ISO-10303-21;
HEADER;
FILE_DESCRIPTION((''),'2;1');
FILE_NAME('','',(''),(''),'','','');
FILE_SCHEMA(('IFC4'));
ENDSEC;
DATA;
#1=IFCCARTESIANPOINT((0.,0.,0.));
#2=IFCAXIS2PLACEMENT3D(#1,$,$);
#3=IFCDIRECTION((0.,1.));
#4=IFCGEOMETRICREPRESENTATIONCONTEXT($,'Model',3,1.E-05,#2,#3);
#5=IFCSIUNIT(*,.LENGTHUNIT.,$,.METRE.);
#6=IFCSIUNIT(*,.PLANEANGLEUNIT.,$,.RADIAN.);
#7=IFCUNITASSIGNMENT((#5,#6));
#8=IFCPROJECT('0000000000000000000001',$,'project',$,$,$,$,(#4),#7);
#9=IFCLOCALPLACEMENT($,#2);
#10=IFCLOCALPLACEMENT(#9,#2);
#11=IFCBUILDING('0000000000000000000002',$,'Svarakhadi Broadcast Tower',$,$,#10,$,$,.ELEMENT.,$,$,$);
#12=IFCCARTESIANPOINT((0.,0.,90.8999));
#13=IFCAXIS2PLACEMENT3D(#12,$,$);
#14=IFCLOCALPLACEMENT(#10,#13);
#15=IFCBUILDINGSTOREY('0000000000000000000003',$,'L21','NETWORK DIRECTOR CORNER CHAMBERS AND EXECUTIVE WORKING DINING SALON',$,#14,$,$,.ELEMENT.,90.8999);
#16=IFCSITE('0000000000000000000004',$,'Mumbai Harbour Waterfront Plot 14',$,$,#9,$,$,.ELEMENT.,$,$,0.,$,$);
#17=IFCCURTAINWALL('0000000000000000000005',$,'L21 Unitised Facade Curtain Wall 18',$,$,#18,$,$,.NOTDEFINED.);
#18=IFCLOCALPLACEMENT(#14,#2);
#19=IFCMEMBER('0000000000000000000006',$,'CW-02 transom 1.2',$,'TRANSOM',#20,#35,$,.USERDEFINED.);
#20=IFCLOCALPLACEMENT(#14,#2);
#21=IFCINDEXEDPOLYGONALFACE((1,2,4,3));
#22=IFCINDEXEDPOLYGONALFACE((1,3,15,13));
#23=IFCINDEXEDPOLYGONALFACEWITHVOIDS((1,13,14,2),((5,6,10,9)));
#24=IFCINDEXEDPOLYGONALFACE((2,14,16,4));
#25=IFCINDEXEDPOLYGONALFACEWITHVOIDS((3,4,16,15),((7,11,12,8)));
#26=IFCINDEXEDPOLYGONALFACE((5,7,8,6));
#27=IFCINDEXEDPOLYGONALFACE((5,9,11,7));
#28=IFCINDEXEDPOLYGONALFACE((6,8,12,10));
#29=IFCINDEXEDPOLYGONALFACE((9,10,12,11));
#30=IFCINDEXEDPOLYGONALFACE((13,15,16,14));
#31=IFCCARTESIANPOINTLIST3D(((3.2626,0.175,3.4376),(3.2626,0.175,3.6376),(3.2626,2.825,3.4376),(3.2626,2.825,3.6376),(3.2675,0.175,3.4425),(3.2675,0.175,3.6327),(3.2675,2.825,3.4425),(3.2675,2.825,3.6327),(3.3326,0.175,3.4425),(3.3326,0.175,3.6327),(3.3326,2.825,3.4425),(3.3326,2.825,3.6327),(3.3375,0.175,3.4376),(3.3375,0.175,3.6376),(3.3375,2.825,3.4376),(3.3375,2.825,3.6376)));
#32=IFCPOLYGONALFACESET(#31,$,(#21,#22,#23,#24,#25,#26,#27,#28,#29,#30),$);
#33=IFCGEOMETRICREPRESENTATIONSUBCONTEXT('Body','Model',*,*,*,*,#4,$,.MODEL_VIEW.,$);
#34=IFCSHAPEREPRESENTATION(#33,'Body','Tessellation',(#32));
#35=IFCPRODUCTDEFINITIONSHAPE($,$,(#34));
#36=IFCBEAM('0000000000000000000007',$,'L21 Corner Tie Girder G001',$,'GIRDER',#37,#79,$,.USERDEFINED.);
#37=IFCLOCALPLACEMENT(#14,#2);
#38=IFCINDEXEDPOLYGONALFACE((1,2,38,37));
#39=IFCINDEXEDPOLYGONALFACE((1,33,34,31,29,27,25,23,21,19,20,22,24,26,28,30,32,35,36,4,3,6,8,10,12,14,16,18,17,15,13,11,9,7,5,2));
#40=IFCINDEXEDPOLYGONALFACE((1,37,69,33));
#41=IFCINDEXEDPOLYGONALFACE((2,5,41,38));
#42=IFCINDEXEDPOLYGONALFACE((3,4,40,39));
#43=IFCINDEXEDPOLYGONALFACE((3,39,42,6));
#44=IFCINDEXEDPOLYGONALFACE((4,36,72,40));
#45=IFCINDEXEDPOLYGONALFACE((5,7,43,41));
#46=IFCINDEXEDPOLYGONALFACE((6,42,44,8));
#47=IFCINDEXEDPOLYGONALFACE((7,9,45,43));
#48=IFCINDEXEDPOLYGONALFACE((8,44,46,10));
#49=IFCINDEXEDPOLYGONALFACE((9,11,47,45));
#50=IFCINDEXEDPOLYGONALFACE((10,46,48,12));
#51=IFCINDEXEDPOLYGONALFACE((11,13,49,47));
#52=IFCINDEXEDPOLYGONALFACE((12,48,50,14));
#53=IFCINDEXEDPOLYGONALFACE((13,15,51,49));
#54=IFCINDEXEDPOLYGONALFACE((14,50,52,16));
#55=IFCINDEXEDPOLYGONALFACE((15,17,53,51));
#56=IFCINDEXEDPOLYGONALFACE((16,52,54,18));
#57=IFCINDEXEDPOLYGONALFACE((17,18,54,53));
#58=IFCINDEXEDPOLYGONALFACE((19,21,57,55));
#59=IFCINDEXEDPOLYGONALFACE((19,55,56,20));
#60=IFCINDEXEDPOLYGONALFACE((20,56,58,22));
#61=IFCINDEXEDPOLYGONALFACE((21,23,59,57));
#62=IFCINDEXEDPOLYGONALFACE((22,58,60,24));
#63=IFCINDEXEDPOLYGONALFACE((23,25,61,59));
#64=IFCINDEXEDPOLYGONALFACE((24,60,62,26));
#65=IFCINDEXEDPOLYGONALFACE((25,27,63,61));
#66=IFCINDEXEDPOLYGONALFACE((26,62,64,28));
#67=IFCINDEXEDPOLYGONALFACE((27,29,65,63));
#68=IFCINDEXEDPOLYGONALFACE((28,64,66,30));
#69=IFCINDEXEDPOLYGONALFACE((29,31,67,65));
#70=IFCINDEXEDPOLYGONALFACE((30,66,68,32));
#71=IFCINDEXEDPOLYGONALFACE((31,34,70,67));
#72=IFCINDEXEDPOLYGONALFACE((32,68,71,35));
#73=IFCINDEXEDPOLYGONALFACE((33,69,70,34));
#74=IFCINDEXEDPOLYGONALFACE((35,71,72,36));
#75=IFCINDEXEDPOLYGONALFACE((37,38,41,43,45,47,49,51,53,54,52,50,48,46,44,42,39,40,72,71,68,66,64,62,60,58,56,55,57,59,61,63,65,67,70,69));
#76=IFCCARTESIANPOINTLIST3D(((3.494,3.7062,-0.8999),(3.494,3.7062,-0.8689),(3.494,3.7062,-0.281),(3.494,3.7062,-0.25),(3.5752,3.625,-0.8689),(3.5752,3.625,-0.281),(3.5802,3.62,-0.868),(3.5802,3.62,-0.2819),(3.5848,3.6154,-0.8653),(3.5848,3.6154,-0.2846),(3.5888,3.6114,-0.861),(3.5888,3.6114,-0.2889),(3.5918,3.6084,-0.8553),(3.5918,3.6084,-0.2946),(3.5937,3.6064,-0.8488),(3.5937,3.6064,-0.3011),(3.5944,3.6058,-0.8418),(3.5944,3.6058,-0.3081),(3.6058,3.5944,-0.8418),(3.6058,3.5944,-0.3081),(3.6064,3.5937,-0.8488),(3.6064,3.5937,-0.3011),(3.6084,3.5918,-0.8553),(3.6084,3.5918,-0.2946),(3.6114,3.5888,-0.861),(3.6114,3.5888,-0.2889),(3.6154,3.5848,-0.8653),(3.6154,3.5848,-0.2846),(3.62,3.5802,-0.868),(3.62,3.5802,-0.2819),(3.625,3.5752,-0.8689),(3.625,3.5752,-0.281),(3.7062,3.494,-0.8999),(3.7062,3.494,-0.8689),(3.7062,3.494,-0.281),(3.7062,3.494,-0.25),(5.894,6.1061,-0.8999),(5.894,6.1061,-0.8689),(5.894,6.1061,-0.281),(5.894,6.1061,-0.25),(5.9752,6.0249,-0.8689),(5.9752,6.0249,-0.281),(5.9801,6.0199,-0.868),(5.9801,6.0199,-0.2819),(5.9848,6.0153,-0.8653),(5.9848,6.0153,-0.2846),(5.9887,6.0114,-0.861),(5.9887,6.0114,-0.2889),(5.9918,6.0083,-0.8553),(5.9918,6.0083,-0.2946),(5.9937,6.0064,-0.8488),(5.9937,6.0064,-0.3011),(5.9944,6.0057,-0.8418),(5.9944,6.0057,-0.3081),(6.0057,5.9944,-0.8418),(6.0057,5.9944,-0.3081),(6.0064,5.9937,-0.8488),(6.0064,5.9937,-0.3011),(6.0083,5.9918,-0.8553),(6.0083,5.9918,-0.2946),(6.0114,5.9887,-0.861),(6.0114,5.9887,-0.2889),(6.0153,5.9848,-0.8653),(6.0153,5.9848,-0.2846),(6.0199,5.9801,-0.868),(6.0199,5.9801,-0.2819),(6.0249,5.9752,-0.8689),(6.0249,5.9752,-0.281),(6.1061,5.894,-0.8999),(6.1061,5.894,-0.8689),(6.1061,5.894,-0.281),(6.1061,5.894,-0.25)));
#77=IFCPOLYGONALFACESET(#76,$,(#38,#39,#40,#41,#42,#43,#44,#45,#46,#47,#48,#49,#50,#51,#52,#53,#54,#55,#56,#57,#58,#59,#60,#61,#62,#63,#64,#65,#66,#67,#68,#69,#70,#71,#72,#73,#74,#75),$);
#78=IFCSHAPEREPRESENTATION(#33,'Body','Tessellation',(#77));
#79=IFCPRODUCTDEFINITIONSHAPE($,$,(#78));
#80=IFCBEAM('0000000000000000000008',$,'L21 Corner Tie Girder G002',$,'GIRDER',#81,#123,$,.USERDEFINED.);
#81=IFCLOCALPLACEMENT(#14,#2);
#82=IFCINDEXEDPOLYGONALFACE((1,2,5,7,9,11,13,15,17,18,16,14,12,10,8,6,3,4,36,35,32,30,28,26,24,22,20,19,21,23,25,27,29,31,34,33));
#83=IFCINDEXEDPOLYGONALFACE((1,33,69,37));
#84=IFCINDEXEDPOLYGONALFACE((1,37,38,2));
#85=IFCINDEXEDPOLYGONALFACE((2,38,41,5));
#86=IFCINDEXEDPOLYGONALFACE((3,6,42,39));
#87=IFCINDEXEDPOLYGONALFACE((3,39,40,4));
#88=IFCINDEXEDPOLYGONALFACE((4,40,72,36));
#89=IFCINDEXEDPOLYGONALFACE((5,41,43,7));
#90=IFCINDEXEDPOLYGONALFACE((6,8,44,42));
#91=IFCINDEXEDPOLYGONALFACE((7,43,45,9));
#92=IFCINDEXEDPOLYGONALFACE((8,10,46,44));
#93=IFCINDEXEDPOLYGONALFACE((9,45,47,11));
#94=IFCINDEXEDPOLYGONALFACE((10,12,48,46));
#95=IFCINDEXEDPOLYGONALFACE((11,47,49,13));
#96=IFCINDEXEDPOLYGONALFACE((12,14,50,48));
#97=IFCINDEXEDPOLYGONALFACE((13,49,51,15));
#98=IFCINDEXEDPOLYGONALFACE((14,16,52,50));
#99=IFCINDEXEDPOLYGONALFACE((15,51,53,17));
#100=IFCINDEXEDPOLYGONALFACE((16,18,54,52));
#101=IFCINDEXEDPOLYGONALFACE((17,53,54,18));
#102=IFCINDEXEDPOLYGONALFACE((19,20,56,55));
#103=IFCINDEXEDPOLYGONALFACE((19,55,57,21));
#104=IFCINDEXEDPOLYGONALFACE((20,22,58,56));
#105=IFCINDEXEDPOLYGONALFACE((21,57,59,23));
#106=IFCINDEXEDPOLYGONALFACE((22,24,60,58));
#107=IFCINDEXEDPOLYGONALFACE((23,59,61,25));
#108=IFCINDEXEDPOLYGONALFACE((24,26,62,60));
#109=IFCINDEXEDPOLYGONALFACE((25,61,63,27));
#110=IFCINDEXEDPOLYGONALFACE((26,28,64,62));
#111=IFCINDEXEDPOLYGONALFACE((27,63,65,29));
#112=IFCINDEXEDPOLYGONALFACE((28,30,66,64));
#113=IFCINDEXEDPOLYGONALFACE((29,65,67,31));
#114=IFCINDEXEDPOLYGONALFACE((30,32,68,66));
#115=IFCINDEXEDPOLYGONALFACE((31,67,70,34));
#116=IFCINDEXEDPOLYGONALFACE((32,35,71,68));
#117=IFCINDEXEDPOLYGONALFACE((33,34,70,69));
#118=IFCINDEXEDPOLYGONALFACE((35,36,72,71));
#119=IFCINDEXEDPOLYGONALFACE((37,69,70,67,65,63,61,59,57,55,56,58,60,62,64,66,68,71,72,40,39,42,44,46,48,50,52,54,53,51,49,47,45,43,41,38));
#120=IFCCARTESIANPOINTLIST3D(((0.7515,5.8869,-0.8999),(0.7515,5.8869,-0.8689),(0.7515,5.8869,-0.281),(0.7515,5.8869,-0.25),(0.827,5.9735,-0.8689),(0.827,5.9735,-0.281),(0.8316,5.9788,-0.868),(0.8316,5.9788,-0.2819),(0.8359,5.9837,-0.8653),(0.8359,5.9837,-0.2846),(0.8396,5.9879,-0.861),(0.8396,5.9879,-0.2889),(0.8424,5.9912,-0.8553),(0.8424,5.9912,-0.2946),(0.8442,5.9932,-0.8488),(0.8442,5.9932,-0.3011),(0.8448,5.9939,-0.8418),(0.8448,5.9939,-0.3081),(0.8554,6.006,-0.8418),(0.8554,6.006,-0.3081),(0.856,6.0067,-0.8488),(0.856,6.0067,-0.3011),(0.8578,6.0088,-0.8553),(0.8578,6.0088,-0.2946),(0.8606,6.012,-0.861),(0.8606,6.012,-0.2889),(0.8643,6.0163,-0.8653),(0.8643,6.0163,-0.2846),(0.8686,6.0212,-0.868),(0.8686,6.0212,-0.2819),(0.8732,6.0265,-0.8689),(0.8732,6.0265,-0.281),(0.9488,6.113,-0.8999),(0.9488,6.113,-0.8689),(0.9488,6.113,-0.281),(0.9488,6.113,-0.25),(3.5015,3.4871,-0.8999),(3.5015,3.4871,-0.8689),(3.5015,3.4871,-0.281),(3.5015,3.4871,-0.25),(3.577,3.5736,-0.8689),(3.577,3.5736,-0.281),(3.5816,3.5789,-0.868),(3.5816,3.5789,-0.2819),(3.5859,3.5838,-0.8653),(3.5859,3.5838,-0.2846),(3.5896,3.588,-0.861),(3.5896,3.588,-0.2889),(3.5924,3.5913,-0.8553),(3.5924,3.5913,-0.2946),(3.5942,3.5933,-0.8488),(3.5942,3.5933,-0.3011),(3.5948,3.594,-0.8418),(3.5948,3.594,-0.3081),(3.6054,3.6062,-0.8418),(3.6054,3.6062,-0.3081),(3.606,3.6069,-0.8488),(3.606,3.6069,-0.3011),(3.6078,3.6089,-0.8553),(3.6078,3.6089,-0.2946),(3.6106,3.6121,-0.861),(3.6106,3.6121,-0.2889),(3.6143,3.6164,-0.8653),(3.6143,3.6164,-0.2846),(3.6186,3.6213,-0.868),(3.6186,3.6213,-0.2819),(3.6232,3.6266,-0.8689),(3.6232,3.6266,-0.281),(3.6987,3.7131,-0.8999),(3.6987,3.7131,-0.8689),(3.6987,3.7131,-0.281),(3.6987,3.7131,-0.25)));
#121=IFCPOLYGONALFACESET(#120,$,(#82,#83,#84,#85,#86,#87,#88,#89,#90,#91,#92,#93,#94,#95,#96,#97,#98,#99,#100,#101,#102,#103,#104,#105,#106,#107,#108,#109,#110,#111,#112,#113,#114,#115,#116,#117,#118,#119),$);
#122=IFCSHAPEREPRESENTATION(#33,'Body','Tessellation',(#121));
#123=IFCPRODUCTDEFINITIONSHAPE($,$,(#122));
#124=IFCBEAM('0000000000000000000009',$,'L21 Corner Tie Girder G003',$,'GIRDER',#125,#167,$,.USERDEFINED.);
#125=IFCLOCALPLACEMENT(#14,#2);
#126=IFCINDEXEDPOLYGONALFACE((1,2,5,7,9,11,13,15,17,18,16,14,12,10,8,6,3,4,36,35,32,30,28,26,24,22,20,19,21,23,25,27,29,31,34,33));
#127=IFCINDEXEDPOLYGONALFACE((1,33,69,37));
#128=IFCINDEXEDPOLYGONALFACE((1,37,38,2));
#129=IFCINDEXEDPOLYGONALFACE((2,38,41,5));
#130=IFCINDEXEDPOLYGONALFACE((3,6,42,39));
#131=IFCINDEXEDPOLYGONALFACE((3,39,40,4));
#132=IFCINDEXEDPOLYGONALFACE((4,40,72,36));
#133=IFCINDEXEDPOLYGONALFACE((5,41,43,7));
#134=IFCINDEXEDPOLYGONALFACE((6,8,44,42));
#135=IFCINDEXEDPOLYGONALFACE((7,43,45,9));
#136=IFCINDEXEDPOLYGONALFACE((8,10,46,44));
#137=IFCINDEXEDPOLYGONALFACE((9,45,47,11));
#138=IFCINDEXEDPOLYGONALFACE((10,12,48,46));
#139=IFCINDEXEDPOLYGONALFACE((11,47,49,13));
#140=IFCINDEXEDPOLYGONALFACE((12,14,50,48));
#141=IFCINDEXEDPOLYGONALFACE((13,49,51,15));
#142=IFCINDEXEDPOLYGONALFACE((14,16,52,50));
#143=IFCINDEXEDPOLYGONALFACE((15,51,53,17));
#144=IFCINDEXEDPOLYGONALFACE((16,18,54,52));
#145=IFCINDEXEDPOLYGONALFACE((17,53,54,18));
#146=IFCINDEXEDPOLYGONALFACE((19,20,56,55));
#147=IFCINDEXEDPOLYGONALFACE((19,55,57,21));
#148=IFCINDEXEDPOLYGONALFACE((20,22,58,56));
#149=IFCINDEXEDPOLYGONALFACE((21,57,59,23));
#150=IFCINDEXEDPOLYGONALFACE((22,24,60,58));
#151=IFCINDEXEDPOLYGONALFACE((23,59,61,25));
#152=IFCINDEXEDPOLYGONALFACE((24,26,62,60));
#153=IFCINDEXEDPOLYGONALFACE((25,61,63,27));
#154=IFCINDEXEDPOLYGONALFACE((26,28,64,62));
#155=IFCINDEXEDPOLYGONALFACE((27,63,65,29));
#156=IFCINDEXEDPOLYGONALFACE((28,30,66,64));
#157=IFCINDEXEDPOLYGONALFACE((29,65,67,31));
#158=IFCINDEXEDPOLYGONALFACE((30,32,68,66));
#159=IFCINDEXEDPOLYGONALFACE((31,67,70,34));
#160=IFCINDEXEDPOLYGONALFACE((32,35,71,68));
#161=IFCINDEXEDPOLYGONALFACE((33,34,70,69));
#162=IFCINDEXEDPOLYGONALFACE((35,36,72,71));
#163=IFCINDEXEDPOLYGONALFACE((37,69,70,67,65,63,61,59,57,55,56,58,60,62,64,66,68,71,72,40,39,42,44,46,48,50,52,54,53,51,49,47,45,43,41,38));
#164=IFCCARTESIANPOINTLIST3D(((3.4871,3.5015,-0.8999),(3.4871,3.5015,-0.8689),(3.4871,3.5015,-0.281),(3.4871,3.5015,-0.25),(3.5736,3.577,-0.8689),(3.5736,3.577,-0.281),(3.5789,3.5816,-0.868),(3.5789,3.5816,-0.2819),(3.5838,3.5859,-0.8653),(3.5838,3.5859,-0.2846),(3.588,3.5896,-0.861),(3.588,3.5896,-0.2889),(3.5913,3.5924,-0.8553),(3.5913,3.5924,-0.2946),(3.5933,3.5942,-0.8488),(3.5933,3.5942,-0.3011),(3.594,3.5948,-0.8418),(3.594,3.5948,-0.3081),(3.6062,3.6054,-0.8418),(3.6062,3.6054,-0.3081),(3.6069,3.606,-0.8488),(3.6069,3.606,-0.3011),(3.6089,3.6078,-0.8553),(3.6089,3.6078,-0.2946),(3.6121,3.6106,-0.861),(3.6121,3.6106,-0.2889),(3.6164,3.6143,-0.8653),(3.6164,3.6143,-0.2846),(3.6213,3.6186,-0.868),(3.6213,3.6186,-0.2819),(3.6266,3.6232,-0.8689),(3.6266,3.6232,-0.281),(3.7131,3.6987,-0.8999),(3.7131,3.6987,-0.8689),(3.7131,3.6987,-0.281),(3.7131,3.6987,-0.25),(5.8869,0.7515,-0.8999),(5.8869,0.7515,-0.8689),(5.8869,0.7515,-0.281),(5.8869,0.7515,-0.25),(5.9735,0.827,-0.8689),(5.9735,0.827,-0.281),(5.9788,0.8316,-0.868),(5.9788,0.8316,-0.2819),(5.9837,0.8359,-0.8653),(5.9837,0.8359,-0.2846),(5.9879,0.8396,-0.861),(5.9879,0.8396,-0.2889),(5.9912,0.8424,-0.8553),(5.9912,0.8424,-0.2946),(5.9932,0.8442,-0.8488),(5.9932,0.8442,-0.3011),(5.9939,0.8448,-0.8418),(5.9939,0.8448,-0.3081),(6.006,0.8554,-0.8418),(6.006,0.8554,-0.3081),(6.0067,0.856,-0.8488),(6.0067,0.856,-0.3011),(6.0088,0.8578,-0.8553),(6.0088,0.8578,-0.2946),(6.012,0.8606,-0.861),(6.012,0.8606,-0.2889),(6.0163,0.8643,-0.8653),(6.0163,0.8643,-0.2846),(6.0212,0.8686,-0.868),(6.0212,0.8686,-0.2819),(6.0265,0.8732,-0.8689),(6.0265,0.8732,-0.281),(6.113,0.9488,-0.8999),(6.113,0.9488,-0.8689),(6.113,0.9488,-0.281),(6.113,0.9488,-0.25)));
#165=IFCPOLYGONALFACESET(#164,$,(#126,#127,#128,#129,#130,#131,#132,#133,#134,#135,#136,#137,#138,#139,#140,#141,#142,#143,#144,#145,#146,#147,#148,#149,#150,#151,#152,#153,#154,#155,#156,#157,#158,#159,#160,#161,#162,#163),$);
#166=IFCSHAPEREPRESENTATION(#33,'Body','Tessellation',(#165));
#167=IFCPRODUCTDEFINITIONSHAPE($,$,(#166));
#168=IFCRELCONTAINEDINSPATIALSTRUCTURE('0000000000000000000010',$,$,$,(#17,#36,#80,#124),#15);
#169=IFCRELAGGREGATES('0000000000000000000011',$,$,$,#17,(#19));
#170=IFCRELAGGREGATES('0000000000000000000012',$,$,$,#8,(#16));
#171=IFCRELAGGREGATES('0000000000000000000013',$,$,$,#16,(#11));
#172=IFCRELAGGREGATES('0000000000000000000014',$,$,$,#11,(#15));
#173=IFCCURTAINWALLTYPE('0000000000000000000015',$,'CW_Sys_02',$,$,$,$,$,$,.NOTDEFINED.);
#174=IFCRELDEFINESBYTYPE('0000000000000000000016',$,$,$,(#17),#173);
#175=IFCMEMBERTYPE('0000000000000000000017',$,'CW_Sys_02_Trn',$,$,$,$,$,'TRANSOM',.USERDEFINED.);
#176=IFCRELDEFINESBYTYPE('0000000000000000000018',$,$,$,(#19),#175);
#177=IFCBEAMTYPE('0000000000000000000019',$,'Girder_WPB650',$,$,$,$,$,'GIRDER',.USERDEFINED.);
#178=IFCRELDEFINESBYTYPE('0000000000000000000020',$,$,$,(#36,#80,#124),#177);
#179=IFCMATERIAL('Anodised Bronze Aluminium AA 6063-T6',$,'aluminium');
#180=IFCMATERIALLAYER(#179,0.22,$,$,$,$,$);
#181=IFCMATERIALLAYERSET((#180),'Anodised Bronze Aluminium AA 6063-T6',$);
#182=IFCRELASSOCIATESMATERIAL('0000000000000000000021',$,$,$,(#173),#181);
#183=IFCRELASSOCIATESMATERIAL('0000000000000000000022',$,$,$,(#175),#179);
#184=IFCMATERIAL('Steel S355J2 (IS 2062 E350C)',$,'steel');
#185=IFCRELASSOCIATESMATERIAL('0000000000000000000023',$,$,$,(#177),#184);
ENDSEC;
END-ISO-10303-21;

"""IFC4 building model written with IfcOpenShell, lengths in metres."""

from ifc_helpers import new_model, si_unit, direction, frame, origin, origin_2d, place, context, subcontext, project, spatial, hollow_rectangle, i_section, extrude, material, layer, layer_set, material_profile, profile_set, type_object, element, aggregate, save


model = new_model("IFC4")

# Units and contexts
model_context = context("Model", 3, precision=1e-05, world=origin(), true_north=direction((0.0, 1.0)))
body_context = subcontext(model_context, "Body", "Model", "MODEL_VIEW")
ifc_project = project(units=[si_unit("LENGTHUNIT", "METRE"), si_unit("PLANEANGLEUNIT", "RADIAN")], contexts=[model_context])

# Site, building, storey
site_placement = place(None, origin())
site = spatial("IfcSite", under=ifc_project, at=site_placement, Name="Mumbai Harbour Waterfront Plot 14", CompositionType="ELEMENT", RefElevation=0.0)
building_placement = place(site_placement, origin())
building = spatial("IfcBuilding", under=site, at=building_placement, Name="Svarakhadi Broadcast Tower", CompositionType="ELEMENT")
storey_placement = place(building_placement, frame((0.0, 0.0, 90.8999)))
storey = spatial("IfcBuildingStorey", under=building, at=storey_placement, Name="L21", Description="NETWORK DIRECTOR CORNER CHAMBERS AND EXECUTIVE WORKING DINING SALON", CompositionType="ELEMENT", Elevation=90.8999)

# Shared definitions
ifc_material_1 = material(Name="Anodised Bronze Aluminium AA 6063-T6", Category="aluminium")
ifc_layer_1 = layer(ifc_material_1, 0.22)
ifc_layer_set_1 = layer_set([ifc_layer_1], Name="Anodised Bronze Aluminium AA 6063-T6")
curtain_wall_type = type_object("IfcCurtainWallType", Name="CW_Sys_02", PredefinedType="NOTDEFINED", material=ifc_layer_set_1)

# Curtain wall
curtain_wall_1_placement = place(storey_placement, origin())
curtain_wall_1 = element("IfcCurtainWall", 1, at=curtain_wall_1_placement, inside=storey, type_object=curtain_wall_type, Name="L21 Unitised Facade Curtain Wall 18", PredefinedType="NOTDEFINED")

# Member
ifc_material_profile_1 = material_profile(ifc_material_1, hollow_rectangle(XDim=0.075, YDim=0.2, WallThickness=0.0049, at=origin_2d()), Name="ALU TRANSOM 200x75x5")
ifc_profile_set_1 = profile_set([ifc_material_profile_1], Name="Anodised Bronze Aluminium AA 6063-T6")
member_type_1 = type_object("IfcMemberType", Name="CW_Sys_02_Trn", ElementType="TRANSOM", PredefinedType="USERDEFINED", material=ifc_profile_set_1)
member_1_placement = place(storey_placement, frame((3.3, 0.175, 3.5376), z_axis=(0.0, 1.0, 0.0), x_axis=(-1.0, 0.0, 0.0)))
member_1 = element("IfcMember", 2, at=member_1_placement, type_object=member_type_1, Name="CW-02 transom 1.2", ObjectType="TRANSOM", PredefinedType="USERDEFINED", context=body_context, shape_type="SweptSolid", body=[
    extrude(hollow_rectangle(XDim=0.075, YDim=0.2, WallThickness=0.0049, at=origin_2d()), origin(), (0.0, 0.0, 1.0), 2.6499),
])

# Beams
ifc_material_2 = material(Name="Steel S355J2 (IS 2062 E350C)", Category="steel")
ifc_material_profile_2 = material_profile(ifc_material_2, i_section(OverallWidth=0.3, OverallDepth=0.6499, WebThickness=0.0161, FlangeThickness=0.031, FilletRadius=0.0271, at=origin_2d()), Name="WPB 650x300x225")
ifc_profile_set_2 = profile_set([ifc_material_profile_2], Name="Steel S355J2 (IS 2062 E350C)")
beam_type = type_object("IfcBeamType", Name="Girder_WPB650", ElementType="GIRDER", PredefinedType="USERDEFINED", material=ifc_profile_set_2)
beam_1_placement = place(storey_placement, frame((3.6001, 3.6001, -0.575), z_axis=(0.707107, 0.707107, 0.0), x_axis=(-0.707107, 0.707107, 0.0)))
element("IfcBeam", 3, at=beam_1_placement, inside=storey, type_object=beam_type, Name="L21 Corner Tie Girder G001", ObjectType="GIRDER", PredefinedType="USERDEFINED", context=body_context, shape_type="SweptSolid", body=[
    extrude(i_section(OverallWidth=0.3, OverallDepth=0.6499, WebThickness=0.0161, FlangeThickness=0.031, FilletRadius=0.0271, at=origin_2d()), origin(), (0.0, 0.0, 1.0), 3.394),
])
for number, where, z_axis, x_axis, name in (
    (4, (3.6001, 3.6001, -0.575), (-0.753438, 0.657519, 0.0), (-0.657519, -0.753438, 0.0), "L21 Corner Tie Girder G002"),
    (5, (3.6001, 3.6001, -0.575), (0.657519, -0.753438, 0.0), (0.753438, 0.657519, 0.0), "L21 Corner Tie Girder G003"),
):
    element("IfcBeam", number, at=place(storey_placement, frame(where, z_axis=z_axis, x_axis=x_axis)), inside=storey, type_object=beam_type, Name=name, ObjectType="GIRDER", PredefinedType="USERDEFINED", context=body_context, shape_type="SweptSolid", body=[
        extrude(i_section(OverallWidth=0.3, OverallDepth=0.6499, WebThickness=0.0161, FlangeThickness=0.031, FilletRadius=0.0271, at=origin_2d()), origin(), (0.0, 0.0, 1.0), 3.6499),
    ])

aggregate(curtain_wall_1, [member_1])

save(model, "model.ifc")
